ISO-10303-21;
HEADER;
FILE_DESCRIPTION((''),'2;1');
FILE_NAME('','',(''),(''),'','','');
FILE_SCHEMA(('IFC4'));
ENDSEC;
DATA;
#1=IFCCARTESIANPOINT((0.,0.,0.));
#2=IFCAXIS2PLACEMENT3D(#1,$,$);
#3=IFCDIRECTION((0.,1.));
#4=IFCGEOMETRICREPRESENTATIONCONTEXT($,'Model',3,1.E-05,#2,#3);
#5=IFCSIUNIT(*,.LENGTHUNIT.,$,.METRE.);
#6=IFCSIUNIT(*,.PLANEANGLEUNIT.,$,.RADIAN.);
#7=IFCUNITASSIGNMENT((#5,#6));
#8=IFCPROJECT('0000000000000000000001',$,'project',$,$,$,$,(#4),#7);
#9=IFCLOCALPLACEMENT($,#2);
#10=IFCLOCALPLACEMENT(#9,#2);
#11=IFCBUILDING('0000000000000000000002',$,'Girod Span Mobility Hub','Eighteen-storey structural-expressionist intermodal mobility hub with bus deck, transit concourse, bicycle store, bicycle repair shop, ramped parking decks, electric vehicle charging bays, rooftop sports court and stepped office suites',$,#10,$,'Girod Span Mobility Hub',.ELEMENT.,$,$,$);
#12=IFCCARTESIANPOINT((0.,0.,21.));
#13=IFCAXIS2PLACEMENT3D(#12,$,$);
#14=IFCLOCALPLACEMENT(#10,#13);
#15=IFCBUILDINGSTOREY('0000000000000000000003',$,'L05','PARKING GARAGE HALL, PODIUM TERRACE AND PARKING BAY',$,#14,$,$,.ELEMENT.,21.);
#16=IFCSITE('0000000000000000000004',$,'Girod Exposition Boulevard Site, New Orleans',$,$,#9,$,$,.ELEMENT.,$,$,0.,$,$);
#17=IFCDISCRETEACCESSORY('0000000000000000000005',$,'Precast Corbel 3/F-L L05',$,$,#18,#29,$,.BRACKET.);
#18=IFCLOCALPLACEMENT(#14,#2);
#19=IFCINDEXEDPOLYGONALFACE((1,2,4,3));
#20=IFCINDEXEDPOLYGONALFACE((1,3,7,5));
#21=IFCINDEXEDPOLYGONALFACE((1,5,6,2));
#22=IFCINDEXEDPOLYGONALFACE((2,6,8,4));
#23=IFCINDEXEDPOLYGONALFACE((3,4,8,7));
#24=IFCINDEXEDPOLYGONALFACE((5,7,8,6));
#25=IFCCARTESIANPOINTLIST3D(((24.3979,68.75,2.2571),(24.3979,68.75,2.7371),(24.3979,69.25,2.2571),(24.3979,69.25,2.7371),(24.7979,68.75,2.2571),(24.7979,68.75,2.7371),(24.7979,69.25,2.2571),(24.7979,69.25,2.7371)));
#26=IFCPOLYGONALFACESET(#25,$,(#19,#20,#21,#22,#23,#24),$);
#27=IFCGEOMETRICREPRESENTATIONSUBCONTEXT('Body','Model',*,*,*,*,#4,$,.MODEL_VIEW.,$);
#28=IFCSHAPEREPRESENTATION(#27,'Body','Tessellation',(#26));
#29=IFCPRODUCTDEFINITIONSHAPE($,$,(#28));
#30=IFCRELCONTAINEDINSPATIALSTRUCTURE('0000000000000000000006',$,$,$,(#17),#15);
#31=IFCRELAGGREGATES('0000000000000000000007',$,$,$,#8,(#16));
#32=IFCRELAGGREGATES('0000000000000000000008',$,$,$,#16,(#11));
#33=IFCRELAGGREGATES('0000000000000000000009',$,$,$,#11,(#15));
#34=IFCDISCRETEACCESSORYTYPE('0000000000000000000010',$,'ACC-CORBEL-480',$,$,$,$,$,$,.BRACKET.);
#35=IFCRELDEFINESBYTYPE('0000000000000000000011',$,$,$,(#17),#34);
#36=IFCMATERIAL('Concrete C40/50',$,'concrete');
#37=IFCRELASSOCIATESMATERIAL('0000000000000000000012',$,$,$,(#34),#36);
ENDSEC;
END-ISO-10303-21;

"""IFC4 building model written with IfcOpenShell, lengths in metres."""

from ifc_helpers import new_model, si_unit, direction, frame, origin, origin_2d, place, context, subcontext, project, spatial, rectangle, extrude, material, type_object, element, save


model = new_model("IFC4")

# Units and contexts
model_context = context("Model", 3, precision=1e-05, world=origin(), true_north=direction((0.0, 1.0)))
body_context = subcontext(model_context, "Body", "Model", "MODEL_VIEW")
ifc_project = project(units=[si_unit("LENGTHUNIT", "METRE"), si_unit("PLANEANGLEUNIT", "RADIAN")], contexts=[model_context])

# Site, building, storey
site_placement = place(None, origin())
site = spatial("IfcSite", under=ifc_project, at=site_placement, Name="Girod Exposition Boulevard Site, New Orleans", CompositionType="ELEMENT", RefElevation=0.0)
building_placement = place(site_placement, origin())
building = spatial("IfcBuilding", under=site, at=building_placement, Name="Girod Span Mobility Hub", Description="Eighteen-storey structural-expressionist intermodal mobility hub with bus deck, transit concourse, bicycle store, bicycle repair shop, ramped parking decks, electric vehicle charging bays, rooftop sports court and stepped office suites", LongName="Girod Span Mobility Hub", CompositionType="ELEMENT")
storey_placement = place(building_placement, frame((0.0, 0.0, 21.0)))
storey = spatial("IfcBuildingStorey", under=building, at=storey_placement, Name="L05", Description="PARKING GARAGE HALL, PODIUM TERRACE AND PARKING BAY", CompositionType="ELEMENT", Elevation=21.0)

# Discrete accessory
ifc_material_1 = material(Name="Concrete C40/50", Category="concrete")
discrete_accessory_type = type_object("IfcDiscreteAccessoryType", Name="ACC-CORBEL-480", PredefinedType="BRACKET", material=ifc_material_1)
for number, where, z_axis, x_axis, name in (
    (1, (24.5979, 69.0, 2.2571), (0.0, 0.0, 1.0), (1.0, 0.0, 0.0), "Precast Corbel 3/F-L L05"),
):
    element("IfcDiscreteAccessory", number, at=place(storey_placement, frame(where, z_axis=z_axis, x_axis=x_axis)), inside=storey, type_object=discrete_accessory_type, Name=name, PredefinedType="BRACKET", context=body_context, shape_type="SweptSolid", body=[
        extrude(rectangle(XDim=0.3999, YDim=0.5, at=origin_2d()), origin(), (0.0, 0.0, 1.0), 0.48),
    ])

save(model, "model.ifc")
